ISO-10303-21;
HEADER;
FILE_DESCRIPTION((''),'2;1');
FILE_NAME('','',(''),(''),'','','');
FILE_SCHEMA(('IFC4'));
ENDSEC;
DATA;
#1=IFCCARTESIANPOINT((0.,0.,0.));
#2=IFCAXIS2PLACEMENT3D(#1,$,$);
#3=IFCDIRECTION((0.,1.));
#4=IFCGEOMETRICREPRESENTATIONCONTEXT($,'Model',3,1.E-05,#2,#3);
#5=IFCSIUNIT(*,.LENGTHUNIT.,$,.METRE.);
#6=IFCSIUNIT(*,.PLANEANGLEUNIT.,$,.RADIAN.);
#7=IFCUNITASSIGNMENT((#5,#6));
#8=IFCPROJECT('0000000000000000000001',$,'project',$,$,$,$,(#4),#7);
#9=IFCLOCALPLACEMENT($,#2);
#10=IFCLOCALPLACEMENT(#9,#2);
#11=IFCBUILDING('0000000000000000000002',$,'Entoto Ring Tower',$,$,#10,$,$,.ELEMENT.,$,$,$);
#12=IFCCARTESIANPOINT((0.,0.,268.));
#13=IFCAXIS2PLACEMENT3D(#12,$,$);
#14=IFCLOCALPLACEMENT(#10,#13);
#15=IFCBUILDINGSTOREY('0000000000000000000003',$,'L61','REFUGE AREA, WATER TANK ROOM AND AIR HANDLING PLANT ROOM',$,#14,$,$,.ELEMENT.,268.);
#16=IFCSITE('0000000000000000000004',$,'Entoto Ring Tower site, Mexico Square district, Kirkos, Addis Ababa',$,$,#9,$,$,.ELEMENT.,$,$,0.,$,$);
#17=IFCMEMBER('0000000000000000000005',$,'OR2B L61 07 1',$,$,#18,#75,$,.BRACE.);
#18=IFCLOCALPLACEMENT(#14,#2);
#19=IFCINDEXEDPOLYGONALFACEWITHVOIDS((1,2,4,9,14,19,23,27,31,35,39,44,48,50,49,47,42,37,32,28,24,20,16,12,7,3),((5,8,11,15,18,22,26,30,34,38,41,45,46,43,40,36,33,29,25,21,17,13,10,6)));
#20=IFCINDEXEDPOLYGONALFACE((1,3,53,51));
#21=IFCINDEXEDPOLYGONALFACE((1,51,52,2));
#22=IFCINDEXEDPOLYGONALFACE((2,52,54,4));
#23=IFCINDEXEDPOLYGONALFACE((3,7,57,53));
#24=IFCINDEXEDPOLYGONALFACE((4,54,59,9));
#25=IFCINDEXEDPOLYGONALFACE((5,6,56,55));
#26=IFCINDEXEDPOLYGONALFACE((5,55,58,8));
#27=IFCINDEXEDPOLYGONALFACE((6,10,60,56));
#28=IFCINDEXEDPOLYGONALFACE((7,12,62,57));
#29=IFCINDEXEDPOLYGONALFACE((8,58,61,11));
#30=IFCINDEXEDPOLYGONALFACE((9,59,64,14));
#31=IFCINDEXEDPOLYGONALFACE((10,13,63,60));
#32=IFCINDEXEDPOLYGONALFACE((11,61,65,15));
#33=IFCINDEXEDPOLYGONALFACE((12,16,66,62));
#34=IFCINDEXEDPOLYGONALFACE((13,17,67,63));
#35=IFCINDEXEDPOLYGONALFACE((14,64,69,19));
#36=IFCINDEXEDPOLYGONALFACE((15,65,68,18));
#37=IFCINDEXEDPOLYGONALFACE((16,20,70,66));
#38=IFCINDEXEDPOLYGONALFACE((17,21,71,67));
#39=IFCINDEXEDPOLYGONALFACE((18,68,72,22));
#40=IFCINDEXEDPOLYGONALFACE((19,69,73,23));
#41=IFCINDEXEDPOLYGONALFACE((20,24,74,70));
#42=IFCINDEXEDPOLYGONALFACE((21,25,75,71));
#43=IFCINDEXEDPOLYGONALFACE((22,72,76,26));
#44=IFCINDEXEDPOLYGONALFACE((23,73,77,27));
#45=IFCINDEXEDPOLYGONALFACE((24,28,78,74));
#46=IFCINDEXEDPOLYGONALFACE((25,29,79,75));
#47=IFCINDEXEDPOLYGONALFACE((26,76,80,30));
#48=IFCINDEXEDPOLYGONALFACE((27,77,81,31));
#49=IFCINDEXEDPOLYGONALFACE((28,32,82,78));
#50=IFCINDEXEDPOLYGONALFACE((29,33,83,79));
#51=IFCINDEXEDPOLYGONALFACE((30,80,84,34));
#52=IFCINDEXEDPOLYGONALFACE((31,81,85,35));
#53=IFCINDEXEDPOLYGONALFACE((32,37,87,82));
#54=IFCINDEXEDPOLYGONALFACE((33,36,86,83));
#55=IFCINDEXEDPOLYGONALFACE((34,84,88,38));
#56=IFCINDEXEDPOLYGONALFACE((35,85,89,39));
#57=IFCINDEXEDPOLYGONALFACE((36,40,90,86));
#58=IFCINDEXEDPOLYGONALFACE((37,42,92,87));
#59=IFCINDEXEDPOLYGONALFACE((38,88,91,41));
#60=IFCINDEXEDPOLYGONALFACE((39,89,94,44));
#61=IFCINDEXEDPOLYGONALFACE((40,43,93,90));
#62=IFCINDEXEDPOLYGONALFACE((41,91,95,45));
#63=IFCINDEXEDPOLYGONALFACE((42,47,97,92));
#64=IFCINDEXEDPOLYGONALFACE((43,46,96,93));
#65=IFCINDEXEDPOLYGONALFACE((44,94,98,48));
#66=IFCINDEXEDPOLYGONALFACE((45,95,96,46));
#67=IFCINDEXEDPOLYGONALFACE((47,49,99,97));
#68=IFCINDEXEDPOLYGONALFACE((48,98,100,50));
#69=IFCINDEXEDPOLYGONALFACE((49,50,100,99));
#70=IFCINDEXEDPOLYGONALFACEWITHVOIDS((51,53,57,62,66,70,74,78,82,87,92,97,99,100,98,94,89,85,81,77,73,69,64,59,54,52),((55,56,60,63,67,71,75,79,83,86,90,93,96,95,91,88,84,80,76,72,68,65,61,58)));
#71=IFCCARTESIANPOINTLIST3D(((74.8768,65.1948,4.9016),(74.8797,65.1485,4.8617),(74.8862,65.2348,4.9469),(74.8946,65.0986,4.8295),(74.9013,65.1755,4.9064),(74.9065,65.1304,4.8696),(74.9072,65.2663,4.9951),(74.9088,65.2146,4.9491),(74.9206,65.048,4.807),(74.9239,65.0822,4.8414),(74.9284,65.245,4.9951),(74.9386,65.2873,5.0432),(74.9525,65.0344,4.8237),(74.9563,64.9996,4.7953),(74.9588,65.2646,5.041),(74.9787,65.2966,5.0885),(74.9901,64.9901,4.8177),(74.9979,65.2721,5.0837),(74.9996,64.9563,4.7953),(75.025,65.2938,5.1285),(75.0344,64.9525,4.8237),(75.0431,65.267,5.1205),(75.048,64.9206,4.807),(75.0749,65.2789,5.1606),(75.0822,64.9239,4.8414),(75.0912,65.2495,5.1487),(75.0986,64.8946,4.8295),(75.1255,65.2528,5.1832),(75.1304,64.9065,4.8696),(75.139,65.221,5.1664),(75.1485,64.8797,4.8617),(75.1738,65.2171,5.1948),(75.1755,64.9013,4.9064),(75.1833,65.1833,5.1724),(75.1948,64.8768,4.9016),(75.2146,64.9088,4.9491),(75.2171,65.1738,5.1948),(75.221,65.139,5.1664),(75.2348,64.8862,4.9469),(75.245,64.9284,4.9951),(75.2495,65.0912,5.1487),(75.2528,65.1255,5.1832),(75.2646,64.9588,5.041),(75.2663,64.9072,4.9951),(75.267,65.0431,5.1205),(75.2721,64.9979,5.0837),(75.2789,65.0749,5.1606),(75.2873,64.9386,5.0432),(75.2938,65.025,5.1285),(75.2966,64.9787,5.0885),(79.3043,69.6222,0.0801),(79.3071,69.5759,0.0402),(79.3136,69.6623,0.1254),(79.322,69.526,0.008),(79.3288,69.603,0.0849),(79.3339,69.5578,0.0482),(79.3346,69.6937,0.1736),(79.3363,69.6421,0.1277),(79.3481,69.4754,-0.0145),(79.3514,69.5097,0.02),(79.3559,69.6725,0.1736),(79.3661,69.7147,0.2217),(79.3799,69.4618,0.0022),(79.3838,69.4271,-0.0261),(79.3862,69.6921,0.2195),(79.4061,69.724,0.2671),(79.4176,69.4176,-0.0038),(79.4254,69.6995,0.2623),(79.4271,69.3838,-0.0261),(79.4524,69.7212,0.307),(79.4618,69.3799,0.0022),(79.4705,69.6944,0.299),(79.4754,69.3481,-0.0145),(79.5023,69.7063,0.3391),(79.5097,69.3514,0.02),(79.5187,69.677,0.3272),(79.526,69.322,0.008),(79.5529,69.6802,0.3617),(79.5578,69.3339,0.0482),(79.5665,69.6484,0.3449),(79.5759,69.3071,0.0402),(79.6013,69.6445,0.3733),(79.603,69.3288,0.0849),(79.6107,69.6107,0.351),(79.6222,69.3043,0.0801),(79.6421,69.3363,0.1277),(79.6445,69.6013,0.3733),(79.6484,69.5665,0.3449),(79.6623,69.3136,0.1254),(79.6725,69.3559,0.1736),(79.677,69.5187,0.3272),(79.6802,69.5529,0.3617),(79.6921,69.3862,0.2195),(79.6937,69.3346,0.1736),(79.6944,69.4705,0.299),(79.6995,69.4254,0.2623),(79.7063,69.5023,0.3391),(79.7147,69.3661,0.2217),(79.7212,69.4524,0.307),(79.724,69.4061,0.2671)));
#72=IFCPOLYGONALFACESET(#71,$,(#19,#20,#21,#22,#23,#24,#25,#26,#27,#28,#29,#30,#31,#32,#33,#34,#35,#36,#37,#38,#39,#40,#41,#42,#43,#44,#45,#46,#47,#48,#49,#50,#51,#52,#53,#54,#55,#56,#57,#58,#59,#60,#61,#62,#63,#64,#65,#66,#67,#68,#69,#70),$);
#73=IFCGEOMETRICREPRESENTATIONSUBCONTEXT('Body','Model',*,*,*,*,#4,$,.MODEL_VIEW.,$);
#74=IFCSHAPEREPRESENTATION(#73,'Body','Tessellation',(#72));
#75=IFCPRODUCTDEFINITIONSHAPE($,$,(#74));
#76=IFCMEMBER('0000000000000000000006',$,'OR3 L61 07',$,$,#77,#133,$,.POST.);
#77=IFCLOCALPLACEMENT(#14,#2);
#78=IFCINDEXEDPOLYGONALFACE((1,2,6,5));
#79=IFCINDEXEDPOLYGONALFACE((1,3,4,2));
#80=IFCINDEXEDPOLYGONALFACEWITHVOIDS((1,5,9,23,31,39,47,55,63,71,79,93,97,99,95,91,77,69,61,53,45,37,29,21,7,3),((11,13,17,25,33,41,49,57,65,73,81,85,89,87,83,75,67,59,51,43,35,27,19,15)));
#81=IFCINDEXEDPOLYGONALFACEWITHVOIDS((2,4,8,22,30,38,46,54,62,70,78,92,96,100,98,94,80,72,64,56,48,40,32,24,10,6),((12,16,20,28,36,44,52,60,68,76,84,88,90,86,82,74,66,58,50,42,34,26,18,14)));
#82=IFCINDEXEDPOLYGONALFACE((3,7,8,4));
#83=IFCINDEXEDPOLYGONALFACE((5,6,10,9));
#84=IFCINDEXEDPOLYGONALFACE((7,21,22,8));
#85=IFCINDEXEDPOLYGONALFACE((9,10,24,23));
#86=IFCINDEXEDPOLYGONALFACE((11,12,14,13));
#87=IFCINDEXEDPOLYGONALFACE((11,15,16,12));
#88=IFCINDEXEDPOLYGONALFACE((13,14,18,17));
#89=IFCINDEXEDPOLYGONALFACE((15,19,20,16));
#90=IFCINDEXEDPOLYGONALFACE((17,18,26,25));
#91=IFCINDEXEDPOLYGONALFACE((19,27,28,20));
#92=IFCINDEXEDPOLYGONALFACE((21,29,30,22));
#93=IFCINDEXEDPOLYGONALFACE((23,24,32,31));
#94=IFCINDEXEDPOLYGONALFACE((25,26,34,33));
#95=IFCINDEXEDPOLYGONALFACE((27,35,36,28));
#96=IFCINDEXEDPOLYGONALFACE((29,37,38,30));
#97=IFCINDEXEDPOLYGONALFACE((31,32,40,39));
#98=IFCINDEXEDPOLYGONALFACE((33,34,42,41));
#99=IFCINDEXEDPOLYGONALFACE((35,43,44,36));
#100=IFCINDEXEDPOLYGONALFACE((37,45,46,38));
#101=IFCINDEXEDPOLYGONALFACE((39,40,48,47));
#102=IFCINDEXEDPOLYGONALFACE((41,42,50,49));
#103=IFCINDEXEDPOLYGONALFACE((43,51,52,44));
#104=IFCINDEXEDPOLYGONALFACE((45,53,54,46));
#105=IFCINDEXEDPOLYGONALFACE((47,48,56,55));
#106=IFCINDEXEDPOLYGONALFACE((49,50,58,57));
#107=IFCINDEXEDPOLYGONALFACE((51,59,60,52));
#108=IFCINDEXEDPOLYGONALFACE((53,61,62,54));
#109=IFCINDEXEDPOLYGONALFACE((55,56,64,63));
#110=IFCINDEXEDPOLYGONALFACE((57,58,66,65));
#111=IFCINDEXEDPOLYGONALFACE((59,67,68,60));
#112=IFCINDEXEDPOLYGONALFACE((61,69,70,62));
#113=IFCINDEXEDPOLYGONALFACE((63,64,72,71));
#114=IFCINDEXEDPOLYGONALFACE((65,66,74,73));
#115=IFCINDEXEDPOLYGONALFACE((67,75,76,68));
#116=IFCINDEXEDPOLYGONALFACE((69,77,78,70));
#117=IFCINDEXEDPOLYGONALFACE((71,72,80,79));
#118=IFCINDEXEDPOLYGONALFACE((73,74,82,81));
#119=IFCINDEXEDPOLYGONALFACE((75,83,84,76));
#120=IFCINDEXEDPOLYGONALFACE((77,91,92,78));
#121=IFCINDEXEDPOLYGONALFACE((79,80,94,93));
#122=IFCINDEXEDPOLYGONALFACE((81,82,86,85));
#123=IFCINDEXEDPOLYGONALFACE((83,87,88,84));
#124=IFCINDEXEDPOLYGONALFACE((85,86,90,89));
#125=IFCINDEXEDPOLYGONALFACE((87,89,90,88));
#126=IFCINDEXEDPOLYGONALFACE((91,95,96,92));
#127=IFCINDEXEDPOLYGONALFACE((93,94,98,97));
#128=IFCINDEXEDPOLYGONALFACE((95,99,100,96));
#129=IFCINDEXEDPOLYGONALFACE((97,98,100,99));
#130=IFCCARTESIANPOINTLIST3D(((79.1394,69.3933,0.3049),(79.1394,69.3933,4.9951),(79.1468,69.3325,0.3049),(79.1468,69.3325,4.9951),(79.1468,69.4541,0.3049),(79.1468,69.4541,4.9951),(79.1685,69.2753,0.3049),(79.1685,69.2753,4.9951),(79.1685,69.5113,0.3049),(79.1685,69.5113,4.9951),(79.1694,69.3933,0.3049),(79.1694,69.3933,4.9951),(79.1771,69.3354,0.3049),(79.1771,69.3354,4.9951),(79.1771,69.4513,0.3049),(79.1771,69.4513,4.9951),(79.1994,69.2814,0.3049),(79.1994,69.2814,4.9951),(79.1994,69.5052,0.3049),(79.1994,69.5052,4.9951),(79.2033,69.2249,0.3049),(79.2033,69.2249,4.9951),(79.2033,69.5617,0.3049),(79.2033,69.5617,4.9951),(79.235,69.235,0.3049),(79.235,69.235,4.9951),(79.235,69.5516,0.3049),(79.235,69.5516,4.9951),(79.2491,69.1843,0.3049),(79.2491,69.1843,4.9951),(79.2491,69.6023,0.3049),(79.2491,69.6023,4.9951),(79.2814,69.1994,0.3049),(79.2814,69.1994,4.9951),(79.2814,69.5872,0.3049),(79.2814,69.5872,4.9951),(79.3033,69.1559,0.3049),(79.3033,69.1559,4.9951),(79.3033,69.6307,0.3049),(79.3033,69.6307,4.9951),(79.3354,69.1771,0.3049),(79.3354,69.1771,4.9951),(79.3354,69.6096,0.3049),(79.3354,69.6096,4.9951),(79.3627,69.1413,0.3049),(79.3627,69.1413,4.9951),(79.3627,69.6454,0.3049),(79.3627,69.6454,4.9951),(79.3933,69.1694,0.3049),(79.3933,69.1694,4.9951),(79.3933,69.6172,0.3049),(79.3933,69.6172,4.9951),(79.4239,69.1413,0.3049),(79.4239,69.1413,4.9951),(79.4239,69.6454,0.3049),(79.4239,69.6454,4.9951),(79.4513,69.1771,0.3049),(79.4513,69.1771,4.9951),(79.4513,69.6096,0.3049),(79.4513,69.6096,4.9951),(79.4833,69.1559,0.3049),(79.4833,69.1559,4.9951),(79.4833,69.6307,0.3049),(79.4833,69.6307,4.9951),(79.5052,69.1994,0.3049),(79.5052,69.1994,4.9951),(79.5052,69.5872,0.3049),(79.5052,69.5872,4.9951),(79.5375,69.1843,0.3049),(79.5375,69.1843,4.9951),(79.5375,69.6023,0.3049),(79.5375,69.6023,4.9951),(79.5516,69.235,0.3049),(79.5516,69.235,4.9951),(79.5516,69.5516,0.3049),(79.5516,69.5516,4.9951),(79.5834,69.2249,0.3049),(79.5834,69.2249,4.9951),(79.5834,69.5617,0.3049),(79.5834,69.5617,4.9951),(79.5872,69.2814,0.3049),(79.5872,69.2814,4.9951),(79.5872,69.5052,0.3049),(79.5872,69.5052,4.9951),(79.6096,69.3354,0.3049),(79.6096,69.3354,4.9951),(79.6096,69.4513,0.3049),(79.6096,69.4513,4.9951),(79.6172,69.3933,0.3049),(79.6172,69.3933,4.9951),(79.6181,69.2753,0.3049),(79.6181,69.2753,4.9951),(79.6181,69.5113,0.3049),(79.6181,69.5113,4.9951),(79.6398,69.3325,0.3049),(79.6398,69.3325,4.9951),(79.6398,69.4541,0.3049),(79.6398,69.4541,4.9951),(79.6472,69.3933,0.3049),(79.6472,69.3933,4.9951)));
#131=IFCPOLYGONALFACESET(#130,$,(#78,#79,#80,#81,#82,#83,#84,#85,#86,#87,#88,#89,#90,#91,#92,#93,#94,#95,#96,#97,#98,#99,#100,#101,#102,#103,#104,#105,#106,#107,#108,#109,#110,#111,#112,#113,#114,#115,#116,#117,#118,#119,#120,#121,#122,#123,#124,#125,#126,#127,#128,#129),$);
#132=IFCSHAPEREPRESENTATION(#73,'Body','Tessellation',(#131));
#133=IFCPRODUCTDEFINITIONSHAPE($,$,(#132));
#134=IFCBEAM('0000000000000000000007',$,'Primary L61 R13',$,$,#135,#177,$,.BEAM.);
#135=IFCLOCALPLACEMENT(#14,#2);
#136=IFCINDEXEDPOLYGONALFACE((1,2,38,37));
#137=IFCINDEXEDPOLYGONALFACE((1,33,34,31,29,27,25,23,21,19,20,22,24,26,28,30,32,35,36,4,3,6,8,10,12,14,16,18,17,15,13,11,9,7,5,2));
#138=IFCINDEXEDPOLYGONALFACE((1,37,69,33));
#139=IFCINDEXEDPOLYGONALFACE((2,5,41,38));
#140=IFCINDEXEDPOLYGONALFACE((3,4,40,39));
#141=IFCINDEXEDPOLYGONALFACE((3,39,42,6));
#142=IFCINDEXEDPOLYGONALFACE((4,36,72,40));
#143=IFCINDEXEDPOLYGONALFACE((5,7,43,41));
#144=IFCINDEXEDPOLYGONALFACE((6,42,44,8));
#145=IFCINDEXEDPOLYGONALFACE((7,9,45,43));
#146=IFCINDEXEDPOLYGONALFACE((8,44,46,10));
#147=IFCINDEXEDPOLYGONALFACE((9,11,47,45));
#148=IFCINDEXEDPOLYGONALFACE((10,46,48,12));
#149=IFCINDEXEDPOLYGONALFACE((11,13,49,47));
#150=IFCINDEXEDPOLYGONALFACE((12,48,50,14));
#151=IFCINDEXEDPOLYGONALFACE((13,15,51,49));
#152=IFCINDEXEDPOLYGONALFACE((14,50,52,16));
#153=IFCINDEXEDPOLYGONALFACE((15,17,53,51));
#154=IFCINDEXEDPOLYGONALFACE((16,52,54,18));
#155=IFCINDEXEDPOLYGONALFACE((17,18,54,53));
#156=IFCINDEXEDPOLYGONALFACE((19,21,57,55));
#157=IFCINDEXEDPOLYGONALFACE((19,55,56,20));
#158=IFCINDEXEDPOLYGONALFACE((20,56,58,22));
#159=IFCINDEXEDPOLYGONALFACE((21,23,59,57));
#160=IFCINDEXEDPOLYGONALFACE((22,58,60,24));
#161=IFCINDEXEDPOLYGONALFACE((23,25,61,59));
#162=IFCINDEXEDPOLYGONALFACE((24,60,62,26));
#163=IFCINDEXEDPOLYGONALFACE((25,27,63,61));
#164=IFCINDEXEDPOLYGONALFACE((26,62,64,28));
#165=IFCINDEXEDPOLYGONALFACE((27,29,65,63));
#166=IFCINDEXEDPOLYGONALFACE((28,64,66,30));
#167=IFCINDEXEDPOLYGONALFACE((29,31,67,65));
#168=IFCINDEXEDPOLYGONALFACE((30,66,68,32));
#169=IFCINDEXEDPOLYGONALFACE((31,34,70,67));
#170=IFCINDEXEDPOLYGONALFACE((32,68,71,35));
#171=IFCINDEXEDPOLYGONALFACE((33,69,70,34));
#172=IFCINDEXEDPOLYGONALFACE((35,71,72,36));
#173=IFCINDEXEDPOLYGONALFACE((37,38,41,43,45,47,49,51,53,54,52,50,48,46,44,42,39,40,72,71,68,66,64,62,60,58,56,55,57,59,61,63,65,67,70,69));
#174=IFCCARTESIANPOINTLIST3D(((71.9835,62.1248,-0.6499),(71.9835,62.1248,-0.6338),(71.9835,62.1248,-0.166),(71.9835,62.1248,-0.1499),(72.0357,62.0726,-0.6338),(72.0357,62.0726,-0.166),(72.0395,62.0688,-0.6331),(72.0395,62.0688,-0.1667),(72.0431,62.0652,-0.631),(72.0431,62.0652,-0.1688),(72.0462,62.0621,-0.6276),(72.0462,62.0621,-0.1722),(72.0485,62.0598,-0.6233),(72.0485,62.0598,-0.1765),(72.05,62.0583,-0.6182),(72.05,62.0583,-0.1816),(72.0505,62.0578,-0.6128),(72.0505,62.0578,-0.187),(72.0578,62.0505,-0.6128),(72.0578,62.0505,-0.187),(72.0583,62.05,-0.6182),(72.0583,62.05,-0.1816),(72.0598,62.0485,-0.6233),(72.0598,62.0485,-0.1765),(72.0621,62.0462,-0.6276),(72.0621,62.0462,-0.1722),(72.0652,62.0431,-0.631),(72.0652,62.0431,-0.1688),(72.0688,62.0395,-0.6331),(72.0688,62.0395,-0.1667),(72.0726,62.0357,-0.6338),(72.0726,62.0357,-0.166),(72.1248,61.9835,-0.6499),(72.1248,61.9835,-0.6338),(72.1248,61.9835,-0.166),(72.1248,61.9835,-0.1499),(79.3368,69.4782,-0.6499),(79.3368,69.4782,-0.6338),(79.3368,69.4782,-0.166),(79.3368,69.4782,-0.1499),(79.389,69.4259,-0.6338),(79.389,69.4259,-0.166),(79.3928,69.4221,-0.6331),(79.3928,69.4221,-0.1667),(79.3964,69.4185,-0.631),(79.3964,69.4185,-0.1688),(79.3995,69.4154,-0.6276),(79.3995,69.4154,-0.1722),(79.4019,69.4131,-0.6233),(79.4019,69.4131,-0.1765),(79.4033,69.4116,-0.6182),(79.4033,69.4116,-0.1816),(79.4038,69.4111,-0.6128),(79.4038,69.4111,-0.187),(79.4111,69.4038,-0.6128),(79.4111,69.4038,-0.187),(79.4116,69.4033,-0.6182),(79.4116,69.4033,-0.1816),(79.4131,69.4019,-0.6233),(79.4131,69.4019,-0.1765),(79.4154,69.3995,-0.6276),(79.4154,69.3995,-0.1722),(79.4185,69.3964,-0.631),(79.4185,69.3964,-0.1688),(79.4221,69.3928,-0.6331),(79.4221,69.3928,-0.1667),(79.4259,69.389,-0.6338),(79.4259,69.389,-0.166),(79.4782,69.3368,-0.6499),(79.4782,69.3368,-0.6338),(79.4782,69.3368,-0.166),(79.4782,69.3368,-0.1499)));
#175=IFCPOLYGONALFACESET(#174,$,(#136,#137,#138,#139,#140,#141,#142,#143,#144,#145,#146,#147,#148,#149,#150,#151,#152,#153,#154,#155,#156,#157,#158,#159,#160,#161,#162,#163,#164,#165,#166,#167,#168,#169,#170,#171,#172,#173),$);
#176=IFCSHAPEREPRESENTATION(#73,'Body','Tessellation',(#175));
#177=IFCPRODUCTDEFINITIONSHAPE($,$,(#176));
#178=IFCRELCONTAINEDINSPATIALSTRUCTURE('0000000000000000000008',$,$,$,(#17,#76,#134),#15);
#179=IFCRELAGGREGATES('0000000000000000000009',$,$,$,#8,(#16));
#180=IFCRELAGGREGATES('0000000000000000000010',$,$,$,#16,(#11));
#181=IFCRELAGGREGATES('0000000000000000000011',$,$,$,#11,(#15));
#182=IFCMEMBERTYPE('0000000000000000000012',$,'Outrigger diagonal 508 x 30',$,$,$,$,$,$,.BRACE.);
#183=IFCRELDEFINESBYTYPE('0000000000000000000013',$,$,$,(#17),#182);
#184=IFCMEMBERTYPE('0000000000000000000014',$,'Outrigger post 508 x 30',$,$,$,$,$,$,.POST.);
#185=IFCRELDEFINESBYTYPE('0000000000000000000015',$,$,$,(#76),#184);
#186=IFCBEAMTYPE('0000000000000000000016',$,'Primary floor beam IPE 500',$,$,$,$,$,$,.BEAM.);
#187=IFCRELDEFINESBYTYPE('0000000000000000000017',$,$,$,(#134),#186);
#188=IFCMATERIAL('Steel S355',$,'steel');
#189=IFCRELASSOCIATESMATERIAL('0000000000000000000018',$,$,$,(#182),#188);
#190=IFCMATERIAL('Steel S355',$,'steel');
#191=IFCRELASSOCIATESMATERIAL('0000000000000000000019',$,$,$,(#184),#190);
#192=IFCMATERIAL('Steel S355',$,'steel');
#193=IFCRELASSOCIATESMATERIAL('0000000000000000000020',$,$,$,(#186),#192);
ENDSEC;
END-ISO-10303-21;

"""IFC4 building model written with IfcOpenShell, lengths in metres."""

from ifc_helpers import new_model, si_unit, direction, frame, origin, origin_2d, place, context, subcontext, project, spatial, circle, hollow_circle, i_section, extrude, material, material_profile, profile_set, type_object, element, save


model = new_model("IFC4")

# Units and contexts
model_context = context("Model", 3, precision=1e-05, world=origin(), true_north=direction((0.0, 1.0)))
body_context = subcontext(model_context, "Body", "Model", "MODEL_VIEW")
ifc_project = project(units=[si_unit("LENGTHUNIT", "METRE"), si_unit("PLANEANGLEUNIT", "RADIAN")], contexts=[model_context])

# Site, building, storey
site_placement = place(None, origin())
site = spatial("IfcSite", under=ifc_project, at=site_placement, Name="Entoto Ring Tower site, Mexico Square district, Kirkos, Addis Ababa", CompositionType="ELEMENT", RefElevation=0.0)
building_placement = place(site_placement, origin())
building = spatial("IfcBuilding", under=site, at=building_placement, Name="Entoto Ring Tower", CompositionType="ELEMENT")
storey_placement = place(building_placement, frame((0.0, 0.0, 268.0)))
storey = spatial("IfcBuildingStorey", under=building, at=storey_placement, Name="L61", Description="REFUGE AREA, WATER TANK ROOM AND AIR HANDLING PLANT ROOM", CompositionType="ELEMENT", Elevation=268.0)

# Members
ifc_material_1 = material(Name="Steel S355", Category="steel")
ifc_material_profile_1 = material_profile(ifc_material_1, hollow_circle(Radius=0.2539, WallThickness=0.03, at=origin_2d()), Name="CHS 508 x 30")
ifc_material_2 = material(Name="Concrete C60/75", Category="concrete")
ifc_material_profile_2 = material_profile(ifc_material_2, circle(Radius=0.2241, at=origin_2d()), Name="Concrete C60/75 infill")
ifc_profile_set_1 = profile_set([ifc_material_profile_1, ifc_material_profile_2], Name="Steel S355")
member_type_1 = type_object("IfcMemberType", Name="Outrigger diagonal 508 x 30", PredefinedType="BRACE", material=ifc_profile_set_1)
member_1_placement = place(storey_placement, frame((79.5142, 69.5142, 0.1736), z_axis=(-0.560251, -0.560251, 0.610113), x_axis=(0.707107, -0.707107, 0.0)))
element("IfcMember", 1, at=member_1_placement, inside=storey, type_object=member_type_1, Name="OR2B L61 07 1", PredefinedType="BRACE", context=body_context, shape_type="SweptSolid", body=[
    extrude(hollow_circle(Radius=0.2539, WallThickness=0.03, at=origin_2d()), origin(), (0.0, 0.0, 1.0), 7.9026),
])
ifc_material_3 = material(Name="Steel S355", Category="steel")
ifc_material_profile_3 = material_profile(ifc_material_3, hollow_circle(Radius=0.2539, WallThickness=0.03, at=origin_2d()), Name="CHS 508 x 30")
ifc_material_4 = material(Name="Concrete C60/75", Category="concrete")
ifc_material_profile_4 = material_profile(ifc_material_4, circle(Radius=0.2241, at=origin_2d()), Name="Concrete C60/75 infill")
ifc_profile_set_2 = profile_set([ifc_material_profile_3, ifc_material_profile_4], Name="Steel S355")
member_type_2 = type_object("IfcMemberType", Name="Outrigger post 508 x 30", PredefinedType="POST", material=ifc_profile_set_2)
member_2_placement = place(storey_placement, frame((79.3933, 69.3933, 0.3049), z_axis=(0.0, 0.0, 1.0), x_axis=(1.0, 0.0, 0.0)))
element("IfcMember", 2, at=member_2_placement, inside=storey, type_object=member_type_2, Name="OR3 L61 07", PredefinedType="POST", context=body_context, shape_type="SweptSolid", body=[
    extrude(hollow_circle(Radius=0.2539, WallThickness=0.03, at=origin_2d()), origin(), (0.0, 0.0, 1.0), 4.6902),
])

# Beam
ifc_material_5 = material(Name="Steel S355", Category="steel")
ifc_material_profile_5 = material_profile(ifc_material_5, i_section(OverallWidth=0.2, OverallDepth=0.5, WebThickness=0.0103, FlangeThickness=0.0161, FilletRadius=0.021, at=origin_2d()), Name="IPE 500")
ifc_profile_set_3 = profile_set([ifc_material_profile_5], Name="Steel S355")
beam_type_1 = type_object("IfcBeamType", Name="Primary floor beam IPE 500", PredefinedType="BEAM", material=ifc_profile_set_3)
beam_1_placement = place(storey_placement, frame((79.4075, 69.4075, -0.3999), z_axis=(-0.707107, -0.707107, 0.0), x_axis=(0.707107, -0.707107, 0.0)))
element("IfcBeam", 3, at=beam_1_placement, inside=storey, type_object=beam_type_1, Name="Primary L61 R13", PredefinedType="BEAM", context=body_context, shape_type="SweptSolid", body=[
    extrude(i_section(OverallWidth=0.2, OverallDepth=0.5, WebThickness=0.0103, FlangeThickness=0.0161, FilletRadius=0.021, at=origin_2d()), origin(), (0.0, 0.0, 1.0), 10.3992),
])

save(model, "model.ifc")
